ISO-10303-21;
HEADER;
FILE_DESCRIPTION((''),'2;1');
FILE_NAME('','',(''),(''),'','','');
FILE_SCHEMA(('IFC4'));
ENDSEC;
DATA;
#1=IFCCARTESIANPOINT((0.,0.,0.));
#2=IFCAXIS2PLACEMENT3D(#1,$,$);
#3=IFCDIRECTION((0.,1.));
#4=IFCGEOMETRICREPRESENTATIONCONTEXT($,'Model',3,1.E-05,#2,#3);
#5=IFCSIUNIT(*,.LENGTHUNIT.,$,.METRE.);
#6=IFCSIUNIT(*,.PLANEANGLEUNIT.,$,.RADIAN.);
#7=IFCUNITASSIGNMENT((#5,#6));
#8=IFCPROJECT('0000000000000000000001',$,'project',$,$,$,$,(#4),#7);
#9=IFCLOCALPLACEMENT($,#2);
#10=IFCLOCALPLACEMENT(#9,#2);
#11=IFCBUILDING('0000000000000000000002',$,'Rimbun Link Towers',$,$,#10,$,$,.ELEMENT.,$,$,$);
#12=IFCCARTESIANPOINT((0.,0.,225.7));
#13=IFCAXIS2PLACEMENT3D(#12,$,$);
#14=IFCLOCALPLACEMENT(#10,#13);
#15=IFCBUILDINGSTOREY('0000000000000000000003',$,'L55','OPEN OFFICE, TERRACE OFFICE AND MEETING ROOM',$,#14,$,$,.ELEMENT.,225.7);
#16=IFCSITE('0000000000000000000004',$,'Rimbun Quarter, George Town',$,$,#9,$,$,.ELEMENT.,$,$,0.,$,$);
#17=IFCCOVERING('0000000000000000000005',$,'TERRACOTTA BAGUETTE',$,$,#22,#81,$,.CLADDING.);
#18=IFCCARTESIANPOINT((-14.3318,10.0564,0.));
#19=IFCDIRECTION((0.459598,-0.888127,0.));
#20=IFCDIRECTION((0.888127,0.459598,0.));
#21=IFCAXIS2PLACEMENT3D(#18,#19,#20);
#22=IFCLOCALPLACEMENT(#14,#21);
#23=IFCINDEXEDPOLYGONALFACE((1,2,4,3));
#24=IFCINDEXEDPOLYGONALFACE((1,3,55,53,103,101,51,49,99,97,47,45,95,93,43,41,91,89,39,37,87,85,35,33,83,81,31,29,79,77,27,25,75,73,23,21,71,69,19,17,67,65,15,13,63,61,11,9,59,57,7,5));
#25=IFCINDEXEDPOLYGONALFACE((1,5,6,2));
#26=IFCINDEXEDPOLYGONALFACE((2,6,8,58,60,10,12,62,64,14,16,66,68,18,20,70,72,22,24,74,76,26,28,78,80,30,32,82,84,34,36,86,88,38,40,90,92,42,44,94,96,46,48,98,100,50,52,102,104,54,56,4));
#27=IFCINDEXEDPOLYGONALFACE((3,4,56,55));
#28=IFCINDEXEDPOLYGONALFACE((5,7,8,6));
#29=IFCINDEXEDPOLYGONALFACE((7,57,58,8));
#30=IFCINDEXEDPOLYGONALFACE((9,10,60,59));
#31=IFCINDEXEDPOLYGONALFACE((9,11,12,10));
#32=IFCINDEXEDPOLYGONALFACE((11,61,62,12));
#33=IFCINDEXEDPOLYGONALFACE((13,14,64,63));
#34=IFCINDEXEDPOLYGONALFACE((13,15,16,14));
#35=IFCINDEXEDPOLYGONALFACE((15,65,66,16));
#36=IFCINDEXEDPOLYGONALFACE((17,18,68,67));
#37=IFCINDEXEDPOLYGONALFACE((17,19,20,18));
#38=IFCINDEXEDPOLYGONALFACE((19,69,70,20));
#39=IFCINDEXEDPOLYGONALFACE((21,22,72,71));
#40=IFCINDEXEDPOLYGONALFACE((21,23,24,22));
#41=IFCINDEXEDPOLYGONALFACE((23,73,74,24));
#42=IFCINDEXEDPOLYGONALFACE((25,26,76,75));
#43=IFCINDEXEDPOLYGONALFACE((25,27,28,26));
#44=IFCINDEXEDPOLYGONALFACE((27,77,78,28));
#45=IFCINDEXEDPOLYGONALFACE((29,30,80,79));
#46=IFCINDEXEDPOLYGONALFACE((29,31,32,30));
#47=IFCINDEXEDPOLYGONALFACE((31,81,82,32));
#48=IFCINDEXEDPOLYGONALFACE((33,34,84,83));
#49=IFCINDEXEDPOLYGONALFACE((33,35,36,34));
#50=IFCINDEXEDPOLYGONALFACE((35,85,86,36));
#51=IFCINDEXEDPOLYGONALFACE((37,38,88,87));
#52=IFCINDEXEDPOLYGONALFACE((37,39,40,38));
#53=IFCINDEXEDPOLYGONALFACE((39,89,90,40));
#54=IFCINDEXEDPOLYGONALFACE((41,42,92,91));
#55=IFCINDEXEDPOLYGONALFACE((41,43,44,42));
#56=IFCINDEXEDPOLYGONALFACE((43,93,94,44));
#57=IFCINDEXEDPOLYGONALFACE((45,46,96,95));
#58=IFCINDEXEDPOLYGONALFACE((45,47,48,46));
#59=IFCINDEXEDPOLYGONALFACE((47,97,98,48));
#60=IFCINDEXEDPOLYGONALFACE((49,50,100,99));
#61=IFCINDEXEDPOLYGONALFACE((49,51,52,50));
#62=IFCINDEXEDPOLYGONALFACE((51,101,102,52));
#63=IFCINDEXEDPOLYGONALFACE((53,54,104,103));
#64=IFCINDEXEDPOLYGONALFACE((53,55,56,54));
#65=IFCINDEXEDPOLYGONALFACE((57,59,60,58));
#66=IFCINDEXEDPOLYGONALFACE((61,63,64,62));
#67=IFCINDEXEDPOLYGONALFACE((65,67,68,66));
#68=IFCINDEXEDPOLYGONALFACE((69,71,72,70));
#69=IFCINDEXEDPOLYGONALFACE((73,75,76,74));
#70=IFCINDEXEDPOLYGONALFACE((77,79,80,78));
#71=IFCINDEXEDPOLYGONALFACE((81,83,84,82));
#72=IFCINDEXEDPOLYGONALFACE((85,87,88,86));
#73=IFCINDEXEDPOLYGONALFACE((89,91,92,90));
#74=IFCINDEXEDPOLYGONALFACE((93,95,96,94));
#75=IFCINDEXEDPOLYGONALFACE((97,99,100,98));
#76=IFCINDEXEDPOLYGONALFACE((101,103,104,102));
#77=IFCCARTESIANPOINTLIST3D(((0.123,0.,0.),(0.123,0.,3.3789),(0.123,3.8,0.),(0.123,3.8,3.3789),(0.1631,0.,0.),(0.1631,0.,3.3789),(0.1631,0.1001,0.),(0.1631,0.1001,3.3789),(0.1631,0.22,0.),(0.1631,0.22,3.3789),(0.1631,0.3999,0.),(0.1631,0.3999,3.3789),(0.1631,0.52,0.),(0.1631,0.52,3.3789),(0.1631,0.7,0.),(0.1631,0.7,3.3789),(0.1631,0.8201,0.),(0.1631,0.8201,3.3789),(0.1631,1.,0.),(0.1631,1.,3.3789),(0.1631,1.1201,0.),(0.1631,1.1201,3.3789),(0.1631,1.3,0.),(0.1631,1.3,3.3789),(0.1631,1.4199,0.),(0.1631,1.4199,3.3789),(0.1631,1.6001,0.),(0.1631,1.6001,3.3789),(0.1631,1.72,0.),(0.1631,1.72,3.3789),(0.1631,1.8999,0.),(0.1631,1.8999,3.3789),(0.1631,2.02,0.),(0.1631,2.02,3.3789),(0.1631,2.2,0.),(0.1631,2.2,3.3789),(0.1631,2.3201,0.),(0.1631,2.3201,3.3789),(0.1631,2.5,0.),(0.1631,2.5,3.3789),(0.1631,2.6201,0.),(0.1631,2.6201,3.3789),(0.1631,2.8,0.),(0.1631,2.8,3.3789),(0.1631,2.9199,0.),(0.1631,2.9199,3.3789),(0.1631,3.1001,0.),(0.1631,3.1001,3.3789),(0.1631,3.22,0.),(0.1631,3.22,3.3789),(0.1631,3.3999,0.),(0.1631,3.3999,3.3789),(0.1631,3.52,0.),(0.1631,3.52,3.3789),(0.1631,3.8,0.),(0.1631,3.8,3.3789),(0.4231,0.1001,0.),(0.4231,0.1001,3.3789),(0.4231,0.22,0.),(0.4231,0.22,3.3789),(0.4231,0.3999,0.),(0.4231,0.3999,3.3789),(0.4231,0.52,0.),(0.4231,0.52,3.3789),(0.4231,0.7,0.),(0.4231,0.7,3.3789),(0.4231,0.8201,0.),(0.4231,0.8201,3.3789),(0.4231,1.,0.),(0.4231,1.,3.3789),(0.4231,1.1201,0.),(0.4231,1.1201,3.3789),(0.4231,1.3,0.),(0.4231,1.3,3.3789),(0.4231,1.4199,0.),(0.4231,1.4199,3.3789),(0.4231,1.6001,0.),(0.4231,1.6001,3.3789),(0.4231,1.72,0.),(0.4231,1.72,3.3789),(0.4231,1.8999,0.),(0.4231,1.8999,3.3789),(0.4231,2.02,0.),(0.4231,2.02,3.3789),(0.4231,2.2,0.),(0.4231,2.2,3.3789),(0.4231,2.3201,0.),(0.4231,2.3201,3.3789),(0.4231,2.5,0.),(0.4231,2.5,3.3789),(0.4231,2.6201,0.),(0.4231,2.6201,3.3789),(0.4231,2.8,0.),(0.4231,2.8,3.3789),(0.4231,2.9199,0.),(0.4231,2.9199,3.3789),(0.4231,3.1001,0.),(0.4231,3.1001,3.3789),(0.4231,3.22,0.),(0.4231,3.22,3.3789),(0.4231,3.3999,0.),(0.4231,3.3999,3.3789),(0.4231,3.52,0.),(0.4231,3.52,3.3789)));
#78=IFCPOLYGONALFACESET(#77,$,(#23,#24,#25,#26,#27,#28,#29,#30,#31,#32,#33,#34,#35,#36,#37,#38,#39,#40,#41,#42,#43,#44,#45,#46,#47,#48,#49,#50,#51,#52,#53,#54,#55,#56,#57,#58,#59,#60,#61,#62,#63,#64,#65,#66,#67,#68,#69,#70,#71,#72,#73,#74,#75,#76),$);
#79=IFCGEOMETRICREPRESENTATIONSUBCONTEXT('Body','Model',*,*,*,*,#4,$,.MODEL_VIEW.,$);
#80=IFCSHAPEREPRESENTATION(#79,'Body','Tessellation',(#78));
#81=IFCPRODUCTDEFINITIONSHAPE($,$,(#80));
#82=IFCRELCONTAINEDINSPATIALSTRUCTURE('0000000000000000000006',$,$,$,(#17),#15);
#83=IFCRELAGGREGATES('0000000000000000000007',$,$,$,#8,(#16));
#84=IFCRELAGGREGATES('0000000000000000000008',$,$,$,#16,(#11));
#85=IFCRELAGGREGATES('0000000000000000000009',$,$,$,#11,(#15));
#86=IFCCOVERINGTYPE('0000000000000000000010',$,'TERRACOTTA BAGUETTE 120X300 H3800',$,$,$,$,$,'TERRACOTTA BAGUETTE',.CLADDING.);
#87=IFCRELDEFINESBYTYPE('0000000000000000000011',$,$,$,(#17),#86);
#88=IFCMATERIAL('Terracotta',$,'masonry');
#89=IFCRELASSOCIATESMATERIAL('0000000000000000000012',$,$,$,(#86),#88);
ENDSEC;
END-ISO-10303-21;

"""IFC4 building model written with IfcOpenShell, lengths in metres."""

from ifc_helpers import new_model, si_unit, direction, frame, origin, place, context, subcontext, project, spatial, polyline, outline, extrude, material, material_profile, profile_set, type_object, element, save


model = new_model("IFC4")

# Units and contexts
model_context = context("Model", 3, precision=1e-05, world=origin(), true_north=direction((0.0, 1.0)))
body_context = subcontext(model_context, "Body", "Model", "MODEL_VIEW")
ifc_project = project(units=[si_unit("LENGTHUNIT", "METRE"), si_unit("PLANEANGLEUNIT", "RADIAN")], contexts=[model_context])

# Site, building, storey
site_placement = place(None, origin())
site = spatial("IfcSite", under=ifc_project, at=site_placement, Name="Rimbun Quarter, George Town", CompositionType="ELEMENT", RefElevation=0.0)
building_placement = place(site_placement, origin())
building = spatial("IfcBuilding", under=site, at=building_placement, Name="Rimbun Link Towers", CompositionType="ELEMENT")
storey_placement = place(building_placement, frame((0.0, 0.0, 225.7)))
storey = spatial("IfcBuildingStorey", under=building, at=storey_placement, Name="L55", Description="OPEN OFFICE, TERRACE OFFICE AND MEETING ROOM", CompositionType="ELEMENT", Elevation=225.7)

# Covering
ifc_material_1 = material(Name="Terracotta", Category="masonry")
ifc_material_profile_1 = material_profile(ifc_material_1, outline(polyline([(0.123, 0.0), (0.1631, 0.0), (0.1631, 0.1001), (0.4231, 0.1001), (0.4231, 0.22), (0.1631, 0.22), (0.1631, 0.3999), (0.4231, 0.3999), (0.4231, 0.52), (0.1631, 0.52), (0.1631, 0.7), (0.4231, 0.7), (0.4231, 0.8201), (0.1631, 0.8201), (0.1631, 1.0), (0.4231, 1.0), (0.4231, 1.1201), (0.1631, 1.1201), (0.1631, 1.3), (0.4231, 1.3), (0.4231, 1.4199), (0.1631, 1.4199), (0.1631, 1.6001), (0.4231, 1.6001), (0.4231, 1.72), (0.1631, 1.72), (0.1631, 1.8999), (0.4231, 1.8999), (0.4231, 2.02), (0.1631, 2.02), (0.1631, 2.2), (0.4231, 2.2), (0.4231, 2.3201), (0.1631, 2.3201), (0.1631, 2.5), (0.4231, 2.5), (0.4231, 2.6201), (0.1631, 2.6201), (0.1631, 2.8), (0.4231, 2.8), (0.4231, 2.9199), (0.1631, 2.9199), (0.1631, 3.1001), (0.4231, 3.1001), (0.4231, 3.22), (0.1631, 3.22), (0.1631, 3.3999), (0.4231, 3.3999), (0.4231, 3.52), (0.1631, 3.52), (0.1631, 3.8), (0.123, 3.8), (0.123, 0.0)])), Name="BAGUETTE 120X300")
ifc_profile_set_1 = profile_set([ifc_material_profile_1], Name="Terracotta")
covering_type_1 = type_object("IfcCoveringType", Name="TERRACOTTA BAGUETTE 120X300 H3800", ElementType="TERRACOTTA BAGUETTE", PredefinedType="CLADDING", material=ifc_profile_set_1)
covering_1_placement = place(storey_placement, frame((-14.3318, 10.0564, 0.0), z_axis=(0.459598, -0.888127, 0.0), x_axis=(0.888127, 0.459598, 0.0)))
element("IfcCovering", 1, at=covering_1_placement, inside=storey, type_object=covering_type_1, Name="TERRACOTTA BAGUETTE", PredefinedType="CLADDING", context=body_context, shape_type="SweptSolid", body=[
    extrude(outline(polyline([(0.123, 0.0), (0.1631, 0.0), (0.1631, 0.1001), (0.4231, 0.1001), (0.4231, 0.22), (0.1631, 0.22), (0.1631, 0.3999), (0.4231, 0.3999), (0.4231, 0.52), (0.1631, 0.52), (0.1631, 0.7), (0.4231, 0.7), (0.4231, 0.8201), (0.1631, 0.8201), (0.1631, 1.0), (0.4231, 1.0), (0.4231, 1.1201), (0.1631, 1.1201), (0.1631, 1.3), (0.4231, 1.3), (0.4231, 1.4199), (0.1631, 1.4199), (0.1631, 1.6001), (0.4231, 1.6001), (0.4231, 1.72), (0.1631, 1.72), (0.1631, 1.8999), (0.4231, 1.8999), (0.4231, 2.02), (0.1631, 2.02), (0.1631, 2.2), (0.4231, 2.2), (0.4231, 2.3201), (0.1631, 2.3201), (0.1631, 2.5), (0.4231, 2.5), (0.4231, 2.6201), (0.1631, 2.6201), (0.1631, 2.8), (0.4231, 2.8), (0.4231, 2.9199), (0.1631, 2.9199), (0.1631, 3.1001), (0.4231, 3.1001), (0.4231, 3.22), (0.1631, 3.22), (0.1631, 3.3999), (0.4231, 3.3999), (0.4231, 3.52), (0.1631, 3.52), (0.1631, 3.8), (0.123, 3.8), (0.123, 0.0)])), origin(), (0.0, 0.0, 1.0), 3.3789),
])

save(model, "model.ifc")
